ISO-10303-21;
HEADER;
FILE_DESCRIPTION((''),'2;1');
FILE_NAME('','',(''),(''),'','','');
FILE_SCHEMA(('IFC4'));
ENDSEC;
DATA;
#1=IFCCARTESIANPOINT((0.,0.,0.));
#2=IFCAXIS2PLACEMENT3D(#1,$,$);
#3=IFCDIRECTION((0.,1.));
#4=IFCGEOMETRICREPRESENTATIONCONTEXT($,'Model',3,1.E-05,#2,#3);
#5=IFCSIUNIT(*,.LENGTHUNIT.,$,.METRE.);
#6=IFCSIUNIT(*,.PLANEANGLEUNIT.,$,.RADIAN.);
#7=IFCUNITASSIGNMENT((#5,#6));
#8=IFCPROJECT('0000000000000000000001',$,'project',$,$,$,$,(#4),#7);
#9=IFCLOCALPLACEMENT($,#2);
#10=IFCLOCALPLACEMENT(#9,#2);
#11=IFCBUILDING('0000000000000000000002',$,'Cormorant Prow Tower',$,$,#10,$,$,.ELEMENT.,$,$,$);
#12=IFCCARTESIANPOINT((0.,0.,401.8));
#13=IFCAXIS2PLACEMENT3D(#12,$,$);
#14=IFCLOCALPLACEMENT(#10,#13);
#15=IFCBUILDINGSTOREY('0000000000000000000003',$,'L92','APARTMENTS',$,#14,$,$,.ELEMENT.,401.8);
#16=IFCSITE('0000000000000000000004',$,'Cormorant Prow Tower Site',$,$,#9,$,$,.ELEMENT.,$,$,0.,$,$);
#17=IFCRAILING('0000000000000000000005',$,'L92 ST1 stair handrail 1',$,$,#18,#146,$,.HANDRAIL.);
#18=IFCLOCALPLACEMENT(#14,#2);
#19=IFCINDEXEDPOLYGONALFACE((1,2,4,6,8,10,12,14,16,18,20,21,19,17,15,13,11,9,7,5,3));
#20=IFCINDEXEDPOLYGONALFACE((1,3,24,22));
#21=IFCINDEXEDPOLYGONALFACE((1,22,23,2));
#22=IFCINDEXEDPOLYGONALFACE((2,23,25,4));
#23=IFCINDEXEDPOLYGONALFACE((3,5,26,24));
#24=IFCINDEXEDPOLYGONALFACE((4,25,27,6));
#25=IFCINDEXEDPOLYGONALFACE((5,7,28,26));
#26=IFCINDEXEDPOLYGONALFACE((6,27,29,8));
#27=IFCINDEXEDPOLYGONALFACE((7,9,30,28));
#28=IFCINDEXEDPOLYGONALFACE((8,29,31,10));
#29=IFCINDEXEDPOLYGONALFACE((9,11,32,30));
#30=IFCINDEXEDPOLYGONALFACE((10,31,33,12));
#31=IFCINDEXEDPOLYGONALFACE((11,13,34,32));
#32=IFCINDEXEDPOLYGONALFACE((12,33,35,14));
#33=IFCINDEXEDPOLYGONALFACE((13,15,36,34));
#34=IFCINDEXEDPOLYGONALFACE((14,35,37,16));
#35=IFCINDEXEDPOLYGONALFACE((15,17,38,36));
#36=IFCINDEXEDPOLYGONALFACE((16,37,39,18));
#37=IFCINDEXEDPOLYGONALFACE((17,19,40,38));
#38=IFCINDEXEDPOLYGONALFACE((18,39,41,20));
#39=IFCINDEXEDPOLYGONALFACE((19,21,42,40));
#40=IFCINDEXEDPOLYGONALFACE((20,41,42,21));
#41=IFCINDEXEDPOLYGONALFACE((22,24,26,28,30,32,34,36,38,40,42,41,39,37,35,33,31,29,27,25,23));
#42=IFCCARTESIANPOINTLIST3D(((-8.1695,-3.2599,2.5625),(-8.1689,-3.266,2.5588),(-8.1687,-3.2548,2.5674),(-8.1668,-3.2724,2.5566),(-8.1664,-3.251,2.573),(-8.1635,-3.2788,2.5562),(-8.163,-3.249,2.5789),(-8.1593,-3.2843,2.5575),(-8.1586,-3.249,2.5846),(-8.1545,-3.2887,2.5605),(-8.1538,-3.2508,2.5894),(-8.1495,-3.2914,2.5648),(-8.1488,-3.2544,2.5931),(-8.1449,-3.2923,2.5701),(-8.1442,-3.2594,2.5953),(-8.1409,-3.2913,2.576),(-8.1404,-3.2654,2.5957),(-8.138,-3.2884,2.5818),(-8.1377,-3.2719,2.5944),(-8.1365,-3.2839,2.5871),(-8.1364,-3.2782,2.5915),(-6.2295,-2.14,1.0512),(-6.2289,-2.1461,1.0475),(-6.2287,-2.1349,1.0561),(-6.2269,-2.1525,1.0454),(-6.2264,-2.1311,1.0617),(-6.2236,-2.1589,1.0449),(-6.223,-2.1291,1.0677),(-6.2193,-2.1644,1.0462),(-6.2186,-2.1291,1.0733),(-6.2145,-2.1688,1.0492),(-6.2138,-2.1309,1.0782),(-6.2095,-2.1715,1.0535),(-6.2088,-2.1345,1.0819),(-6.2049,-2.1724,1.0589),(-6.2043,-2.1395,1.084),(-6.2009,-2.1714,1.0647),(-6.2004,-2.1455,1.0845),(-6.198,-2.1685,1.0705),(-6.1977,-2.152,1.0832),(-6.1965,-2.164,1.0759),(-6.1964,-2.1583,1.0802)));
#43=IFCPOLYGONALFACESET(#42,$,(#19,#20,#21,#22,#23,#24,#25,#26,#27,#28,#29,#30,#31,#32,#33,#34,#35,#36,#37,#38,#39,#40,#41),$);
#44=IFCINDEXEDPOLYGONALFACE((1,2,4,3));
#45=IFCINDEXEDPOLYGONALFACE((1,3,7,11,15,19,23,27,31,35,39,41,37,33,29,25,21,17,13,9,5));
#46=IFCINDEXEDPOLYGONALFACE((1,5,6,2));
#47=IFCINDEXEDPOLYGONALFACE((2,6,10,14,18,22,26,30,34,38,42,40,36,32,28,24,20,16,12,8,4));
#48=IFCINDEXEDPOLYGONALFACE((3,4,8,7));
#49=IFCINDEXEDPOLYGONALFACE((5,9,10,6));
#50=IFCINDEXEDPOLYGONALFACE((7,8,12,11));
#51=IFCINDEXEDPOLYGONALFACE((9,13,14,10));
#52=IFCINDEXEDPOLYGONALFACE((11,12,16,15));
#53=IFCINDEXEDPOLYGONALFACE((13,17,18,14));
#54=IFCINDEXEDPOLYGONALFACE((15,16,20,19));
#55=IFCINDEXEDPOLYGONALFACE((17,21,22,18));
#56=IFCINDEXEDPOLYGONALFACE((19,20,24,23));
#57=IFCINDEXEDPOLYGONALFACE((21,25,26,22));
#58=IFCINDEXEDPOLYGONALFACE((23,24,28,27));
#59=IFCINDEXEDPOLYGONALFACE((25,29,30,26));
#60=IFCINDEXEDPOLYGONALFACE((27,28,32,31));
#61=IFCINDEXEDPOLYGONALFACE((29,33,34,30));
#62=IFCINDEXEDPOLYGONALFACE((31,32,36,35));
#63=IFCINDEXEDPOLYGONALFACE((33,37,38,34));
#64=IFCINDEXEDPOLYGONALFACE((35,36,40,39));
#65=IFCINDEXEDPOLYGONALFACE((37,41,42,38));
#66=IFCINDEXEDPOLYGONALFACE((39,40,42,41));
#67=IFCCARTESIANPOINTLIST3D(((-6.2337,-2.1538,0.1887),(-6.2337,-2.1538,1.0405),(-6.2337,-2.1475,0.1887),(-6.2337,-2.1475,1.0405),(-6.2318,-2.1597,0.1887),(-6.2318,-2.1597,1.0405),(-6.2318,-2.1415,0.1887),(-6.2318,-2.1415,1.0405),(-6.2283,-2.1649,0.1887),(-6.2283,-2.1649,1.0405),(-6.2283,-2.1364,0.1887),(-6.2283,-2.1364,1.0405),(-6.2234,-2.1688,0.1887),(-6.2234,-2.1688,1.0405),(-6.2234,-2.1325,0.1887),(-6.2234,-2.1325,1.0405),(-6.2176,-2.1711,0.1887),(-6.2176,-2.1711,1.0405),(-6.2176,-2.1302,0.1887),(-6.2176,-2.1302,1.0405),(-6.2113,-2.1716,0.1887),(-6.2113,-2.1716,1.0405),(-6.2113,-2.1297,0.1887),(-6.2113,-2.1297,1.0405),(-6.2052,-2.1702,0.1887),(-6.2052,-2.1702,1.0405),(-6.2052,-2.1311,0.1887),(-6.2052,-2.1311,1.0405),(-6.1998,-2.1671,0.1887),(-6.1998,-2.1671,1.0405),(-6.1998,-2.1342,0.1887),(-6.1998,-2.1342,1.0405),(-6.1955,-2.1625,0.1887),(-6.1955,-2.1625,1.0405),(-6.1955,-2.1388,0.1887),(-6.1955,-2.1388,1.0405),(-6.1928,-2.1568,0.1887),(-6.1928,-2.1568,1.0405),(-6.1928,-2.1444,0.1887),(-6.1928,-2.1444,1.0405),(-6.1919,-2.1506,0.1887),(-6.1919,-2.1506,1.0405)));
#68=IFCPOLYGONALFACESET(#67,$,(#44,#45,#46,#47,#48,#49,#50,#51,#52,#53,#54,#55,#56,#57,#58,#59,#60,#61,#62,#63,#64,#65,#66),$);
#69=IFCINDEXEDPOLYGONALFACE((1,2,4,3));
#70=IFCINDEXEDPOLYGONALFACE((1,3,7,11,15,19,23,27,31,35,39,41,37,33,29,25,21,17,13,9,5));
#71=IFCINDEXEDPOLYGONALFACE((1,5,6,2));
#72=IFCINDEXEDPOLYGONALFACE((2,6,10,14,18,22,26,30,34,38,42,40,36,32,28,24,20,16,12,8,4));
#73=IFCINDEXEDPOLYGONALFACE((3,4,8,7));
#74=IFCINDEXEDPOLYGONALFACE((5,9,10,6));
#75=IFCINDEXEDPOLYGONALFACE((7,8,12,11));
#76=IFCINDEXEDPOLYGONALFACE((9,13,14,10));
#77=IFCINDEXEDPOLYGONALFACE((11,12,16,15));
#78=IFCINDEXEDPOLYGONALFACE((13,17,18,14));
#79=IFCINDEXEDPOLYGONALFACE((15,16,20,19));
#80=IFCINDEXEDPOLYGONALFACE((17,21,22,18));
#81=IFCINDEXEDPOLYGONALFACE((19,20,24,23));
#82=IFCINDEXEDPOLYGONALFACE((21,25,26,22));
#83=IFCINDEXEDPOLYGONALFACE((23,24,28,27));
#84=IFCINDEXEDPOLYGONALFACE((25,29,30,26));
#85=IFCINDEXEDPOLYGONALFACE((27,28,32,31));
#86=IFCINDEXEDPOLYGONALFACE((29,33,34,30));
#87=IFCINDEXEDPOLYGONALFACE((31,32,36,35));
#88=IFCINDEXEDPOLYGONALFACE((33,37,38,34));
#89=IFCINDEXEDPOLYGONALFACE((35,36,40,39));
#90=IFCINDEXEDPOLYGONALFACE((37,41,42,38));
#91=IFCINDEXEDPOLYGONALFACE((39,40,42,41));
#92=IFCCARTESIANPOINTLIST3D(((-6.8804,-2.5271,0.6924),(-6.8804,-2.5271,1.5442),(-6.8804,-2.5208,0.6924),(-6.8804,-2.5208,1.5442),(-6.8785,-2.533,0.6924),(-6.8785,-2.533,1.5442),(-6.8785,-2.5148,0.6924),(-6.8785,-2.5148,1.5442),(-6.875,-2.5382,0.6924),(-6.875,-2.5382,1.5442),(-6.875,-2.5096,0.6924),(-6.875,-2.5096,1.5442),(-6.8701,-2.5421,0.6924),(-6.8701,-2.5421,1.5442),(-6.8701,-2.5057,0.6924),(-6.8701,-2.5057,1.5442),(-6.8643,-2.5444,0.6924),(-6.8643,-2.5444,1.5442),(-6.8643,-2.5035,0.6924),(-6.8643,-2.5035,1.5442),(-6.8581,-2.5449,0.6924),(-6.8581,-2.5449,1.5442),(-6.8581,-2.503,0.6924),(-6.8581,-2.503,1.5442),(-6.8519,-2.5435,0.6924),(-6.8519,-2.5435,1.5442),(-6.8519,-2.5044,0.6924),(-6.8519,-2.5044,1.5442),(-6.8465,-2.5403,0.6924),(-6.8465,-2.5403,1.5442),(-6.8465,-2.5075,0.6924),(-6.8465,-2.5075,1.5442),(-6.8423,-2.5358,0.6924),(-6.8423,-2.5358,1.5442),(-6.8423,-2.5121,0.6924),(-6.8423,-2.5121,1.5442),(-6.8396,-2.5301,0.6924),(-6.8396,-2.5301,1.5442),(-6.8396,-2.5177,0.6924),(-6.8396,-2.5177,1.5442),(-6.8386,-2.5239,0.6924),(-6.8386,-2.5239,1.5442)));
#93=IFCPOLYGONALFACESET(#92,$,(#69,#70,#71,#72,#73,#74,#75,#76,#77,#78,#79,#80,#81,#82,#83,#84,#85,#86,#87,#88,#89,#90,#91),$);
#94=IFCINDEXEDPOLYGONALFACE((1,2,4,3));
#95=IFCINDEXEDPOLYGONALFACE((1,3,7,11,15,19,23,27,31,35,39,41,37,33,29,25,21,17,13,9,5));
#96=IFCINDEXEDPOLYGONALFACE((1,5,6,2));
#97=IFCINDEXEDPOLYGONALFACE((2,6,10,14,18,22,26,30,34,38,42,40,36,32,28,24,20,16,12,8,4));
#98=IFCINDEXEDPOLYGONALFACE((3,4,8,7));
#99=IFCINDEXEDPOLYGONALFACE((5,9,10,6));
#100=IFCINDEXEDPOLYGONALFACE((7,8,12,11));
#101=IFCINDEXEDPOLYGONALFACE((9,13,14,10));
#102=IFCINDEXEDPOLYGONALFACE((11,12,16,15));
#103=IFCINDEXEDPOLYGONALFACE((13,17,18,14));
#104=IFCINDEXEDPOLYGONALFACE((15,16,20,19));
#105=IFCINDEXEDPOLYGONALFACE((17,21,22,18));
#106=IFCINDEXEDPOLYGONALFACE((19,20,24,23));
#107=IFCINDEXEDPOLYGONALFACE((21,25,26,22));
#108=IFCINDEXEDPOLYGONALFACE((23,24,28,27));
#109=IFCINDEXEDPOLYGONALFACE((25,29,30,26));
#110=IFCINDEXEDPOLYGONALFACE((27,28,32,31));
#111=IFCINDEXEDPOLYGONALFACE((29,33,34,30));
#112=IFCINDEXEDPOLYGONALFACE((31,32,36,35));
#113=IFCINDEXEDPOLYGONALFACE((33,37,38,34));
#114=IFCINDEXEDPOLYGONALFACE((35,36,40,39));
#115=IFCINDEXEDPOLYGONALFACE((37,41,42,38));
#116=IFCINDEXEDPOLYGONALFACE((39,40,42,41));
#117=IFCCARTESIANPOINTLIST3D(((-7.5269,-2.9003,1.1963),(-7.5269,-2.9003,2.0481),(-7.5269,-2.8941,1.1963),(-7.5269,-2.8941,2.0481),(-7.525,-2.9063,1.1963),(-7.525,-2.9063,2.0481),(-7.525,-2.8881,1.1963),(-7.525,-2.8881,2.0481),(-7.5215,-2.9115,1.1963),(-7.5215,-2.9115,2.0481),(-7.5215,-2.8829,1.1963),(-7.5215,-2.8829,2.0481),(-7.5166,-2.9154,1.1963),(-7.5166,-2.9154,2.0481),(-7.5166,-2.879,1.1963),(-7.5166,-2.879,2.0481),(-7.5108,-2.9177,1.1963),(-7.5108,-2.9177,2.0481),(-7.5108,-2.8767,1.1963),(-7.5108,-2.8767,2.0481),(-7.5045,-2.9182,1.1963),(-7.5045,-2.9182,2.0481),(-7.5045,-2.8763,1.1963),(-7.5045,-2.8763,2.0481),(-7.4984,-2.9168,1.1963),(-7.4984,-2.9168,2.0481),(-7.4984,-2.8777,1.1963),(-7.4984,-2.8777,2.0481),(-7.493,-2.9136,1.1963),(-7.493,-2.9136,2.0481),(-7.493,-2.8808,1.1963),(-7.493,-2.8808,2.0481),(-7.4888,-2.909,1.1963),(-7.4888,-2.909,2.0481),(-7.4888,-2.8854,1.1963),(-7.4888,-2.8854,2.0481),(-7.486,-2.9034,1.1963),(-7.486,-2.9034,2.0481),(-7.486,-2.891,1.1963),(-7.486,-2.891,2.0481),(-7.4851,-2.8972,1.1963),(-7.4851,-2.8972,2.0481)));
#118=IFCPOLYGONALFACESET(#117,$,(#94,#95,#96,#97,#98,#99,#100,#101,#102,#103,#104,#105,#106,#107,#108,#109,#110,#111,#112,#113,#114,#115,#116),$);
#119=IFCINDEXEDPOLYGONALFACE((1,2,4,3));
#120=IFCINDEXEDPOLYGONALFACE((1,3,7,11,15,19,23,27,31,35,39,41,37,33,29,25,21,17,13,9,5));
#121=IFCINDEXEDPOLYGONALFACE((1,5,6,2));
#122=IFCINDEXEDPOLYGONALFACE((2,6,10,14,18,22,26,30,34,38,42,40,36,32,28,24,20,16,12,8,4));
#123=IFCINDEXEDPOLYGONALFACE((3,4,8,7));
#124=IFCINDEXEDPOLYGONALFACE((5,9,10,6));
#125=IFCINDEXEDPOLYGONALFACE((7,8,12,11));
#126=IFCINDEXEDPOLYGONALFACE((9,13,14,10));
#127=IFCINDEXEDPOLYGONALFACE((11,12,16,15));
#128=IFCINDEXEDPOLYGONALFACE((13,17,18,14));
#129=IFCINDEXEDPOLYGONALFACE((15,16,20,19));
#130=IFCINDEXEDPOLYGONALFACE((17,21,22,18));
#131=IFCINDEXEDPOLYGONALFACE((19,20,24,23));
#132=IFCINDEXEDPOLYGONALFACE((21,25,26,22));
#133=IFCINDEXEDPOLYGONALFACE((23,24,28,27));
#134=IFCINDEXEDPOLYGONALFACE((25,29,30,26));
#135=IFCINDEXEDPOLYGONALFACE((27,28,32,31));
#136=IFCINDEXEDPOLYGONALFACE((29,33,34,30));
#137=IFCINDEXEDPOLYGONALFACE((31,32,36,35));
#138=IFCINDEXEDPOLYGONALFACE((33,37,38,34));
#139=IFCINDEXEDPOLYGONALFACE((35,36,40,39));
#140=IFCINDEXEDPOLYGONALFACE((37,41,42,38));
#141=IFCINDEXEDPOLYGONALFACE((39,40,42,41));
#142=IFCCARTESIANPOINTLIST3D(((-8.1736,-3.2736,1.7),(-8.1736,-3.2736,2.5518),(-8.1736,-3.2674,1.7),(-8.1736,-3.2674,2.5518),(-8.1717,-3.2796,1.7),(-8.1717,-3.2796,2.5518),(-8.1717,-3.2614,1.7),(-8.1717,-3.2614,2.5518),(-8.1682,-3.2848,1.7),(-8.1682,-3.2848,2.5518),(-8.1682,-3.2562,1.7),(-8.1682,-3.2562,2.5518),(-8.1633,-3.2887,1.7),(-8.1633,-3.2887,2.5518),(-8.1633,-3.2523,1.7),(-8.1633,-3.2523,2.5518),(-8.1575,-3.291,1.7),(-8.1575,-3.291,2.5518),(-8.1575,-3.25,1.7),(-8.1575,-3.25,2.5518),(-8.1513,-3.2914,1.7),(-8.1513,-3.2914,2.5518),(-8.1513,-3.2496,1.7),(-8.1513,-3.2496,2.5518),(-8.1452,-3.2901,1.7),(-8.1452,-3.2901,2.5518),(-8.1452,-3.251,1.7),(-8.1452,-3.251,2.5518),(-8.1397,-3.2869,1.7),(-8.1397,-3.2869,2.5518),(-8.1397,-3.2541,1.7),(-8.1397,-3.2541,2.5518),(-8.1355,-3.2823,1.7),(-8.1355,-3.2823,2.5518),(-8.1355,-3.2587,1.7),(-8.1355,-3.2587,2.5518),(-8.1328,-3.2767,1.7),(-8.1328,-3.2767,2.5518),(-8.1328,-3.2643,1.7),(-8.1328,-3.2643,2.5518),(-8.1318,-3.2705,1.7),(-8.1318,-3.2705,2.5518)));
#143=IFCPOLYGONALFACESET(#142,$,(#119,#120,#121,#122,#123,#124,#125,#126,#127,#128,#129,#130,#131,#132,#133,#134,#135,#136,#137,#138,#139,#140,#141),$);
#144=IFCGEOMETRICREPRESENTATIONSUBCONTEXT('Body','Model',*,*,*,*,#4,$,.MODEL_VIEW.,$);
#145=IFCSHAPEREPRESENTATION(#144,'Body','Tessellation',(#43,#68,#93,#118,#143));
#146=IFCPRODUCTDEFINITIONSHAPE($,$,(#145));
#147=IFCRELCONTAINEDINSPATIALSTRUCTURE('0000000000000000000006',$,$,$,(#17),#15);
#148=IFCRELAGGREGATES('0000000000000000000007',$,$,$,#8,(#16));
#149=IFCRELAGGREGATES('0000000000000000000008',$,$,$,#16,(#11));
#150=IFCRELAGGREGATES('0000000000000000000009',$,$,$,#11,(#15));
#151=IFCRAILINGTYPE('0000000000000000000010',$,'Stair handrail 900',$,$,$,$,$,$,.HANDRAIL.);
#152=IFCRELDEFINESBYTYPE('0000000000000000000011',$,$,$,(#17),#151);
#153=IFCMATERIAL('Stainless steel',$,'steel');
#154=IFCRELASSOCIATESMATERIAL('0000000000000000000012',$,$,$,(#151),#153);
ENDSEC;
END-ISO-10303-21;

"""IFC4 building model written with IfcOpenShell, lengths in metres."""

from ifc_helpers import new_model, si_unit, direction, frame, origin, origin_2d, place, context, subcontext, project, spatial, circle, extrude, material, type_object, element, save


model = new_model("IFC4")

# Units and contexts
model_context = context("Model", 3, precision=1e-05, world=origin(), true_north=direction((0.0, 1.0)))
body_context = subcontext(model_context, "Body", "Model", "MODEL_VIEW")
ifc_project = project(units=[si_unit("LENGTHUNIT", "METRE"), si_unit("PLANEANGLEUNIT", "RADIAN")], contexts=[model_context])

# Site, building, storey
site_placement = place(None, origin())
site = spatial("IfcSite", under=ifc_project, at=site_placement, Name="Cormorant Prow Tower Site", CompositionType="ELEMENT", RefElevation=0.0)
building_placement = place(site_placement, origin())
building = spatial("IfcBuilding", under=site, at=building_placement, Name="Cormorant Prow Tower", CompositionType="ELEMENT")
storey_placement = place(building_placement, frame((0.0, 0.0, 401.8)))
storey = spatial("IfcBuildingStorey", under=building, at=storey_placement, Name="L92", Description="APARTMENTS", CompositionType="ELEMENT", Elevation=401.8)

# Railing
ifc_material_1 = material(Name="Stainless steel", Category="steel")
railing_type = type_object("IfcRailingType", Name="Stair handrail 900", PredefinedType="HANDRAIL", material=ifc_material_1)
railing_placement = place(storey_placement, frame((-6.2129, -2.1506, 0.1887)))
element("IfcRailing", 1, at=railing_placement, inside=storey, type_object=railing_type, Name="L92 ST1 stair handrail 1", PredefinedType="HANDRAIL", context=body_context, shape_type="SweptSolid", body=[
    extrude(circle(Radius=0.0239, at=origin_2d()), frame((0.0, 0.0, 0.876), z_axis=(-0.71794, -0.414447, 0.559281), x_axis=(0.499949, -0.866055, 0.0)), (0.0, 0.0, 1.0), 2.7021),
    extrude(circle(Radius=0.021, at=origin_2d()), origin(), (0.0, 0.0, 1.0), 0.8518),
    extrude(circle(Radius=0.021, at=origin_2d()), frame((-0.6467, -0.3733, 0.5037)), (0.0, 0.0, 1.0), 0.8518),
    extrude(circle(Radius=0.021, at=origin_2d()), frame((-1.2932, -0.7466, 1.0076)), (0.0, 0.0, 1.0), 0.8518),
    extrude(circle(Radius=0.021, at=origin_2d()), frame((-1.9399, -1.1199, 1.5112)), (0.0, 0.0, 1.0), 0.8518),
])

save(model, "model.ifc")
